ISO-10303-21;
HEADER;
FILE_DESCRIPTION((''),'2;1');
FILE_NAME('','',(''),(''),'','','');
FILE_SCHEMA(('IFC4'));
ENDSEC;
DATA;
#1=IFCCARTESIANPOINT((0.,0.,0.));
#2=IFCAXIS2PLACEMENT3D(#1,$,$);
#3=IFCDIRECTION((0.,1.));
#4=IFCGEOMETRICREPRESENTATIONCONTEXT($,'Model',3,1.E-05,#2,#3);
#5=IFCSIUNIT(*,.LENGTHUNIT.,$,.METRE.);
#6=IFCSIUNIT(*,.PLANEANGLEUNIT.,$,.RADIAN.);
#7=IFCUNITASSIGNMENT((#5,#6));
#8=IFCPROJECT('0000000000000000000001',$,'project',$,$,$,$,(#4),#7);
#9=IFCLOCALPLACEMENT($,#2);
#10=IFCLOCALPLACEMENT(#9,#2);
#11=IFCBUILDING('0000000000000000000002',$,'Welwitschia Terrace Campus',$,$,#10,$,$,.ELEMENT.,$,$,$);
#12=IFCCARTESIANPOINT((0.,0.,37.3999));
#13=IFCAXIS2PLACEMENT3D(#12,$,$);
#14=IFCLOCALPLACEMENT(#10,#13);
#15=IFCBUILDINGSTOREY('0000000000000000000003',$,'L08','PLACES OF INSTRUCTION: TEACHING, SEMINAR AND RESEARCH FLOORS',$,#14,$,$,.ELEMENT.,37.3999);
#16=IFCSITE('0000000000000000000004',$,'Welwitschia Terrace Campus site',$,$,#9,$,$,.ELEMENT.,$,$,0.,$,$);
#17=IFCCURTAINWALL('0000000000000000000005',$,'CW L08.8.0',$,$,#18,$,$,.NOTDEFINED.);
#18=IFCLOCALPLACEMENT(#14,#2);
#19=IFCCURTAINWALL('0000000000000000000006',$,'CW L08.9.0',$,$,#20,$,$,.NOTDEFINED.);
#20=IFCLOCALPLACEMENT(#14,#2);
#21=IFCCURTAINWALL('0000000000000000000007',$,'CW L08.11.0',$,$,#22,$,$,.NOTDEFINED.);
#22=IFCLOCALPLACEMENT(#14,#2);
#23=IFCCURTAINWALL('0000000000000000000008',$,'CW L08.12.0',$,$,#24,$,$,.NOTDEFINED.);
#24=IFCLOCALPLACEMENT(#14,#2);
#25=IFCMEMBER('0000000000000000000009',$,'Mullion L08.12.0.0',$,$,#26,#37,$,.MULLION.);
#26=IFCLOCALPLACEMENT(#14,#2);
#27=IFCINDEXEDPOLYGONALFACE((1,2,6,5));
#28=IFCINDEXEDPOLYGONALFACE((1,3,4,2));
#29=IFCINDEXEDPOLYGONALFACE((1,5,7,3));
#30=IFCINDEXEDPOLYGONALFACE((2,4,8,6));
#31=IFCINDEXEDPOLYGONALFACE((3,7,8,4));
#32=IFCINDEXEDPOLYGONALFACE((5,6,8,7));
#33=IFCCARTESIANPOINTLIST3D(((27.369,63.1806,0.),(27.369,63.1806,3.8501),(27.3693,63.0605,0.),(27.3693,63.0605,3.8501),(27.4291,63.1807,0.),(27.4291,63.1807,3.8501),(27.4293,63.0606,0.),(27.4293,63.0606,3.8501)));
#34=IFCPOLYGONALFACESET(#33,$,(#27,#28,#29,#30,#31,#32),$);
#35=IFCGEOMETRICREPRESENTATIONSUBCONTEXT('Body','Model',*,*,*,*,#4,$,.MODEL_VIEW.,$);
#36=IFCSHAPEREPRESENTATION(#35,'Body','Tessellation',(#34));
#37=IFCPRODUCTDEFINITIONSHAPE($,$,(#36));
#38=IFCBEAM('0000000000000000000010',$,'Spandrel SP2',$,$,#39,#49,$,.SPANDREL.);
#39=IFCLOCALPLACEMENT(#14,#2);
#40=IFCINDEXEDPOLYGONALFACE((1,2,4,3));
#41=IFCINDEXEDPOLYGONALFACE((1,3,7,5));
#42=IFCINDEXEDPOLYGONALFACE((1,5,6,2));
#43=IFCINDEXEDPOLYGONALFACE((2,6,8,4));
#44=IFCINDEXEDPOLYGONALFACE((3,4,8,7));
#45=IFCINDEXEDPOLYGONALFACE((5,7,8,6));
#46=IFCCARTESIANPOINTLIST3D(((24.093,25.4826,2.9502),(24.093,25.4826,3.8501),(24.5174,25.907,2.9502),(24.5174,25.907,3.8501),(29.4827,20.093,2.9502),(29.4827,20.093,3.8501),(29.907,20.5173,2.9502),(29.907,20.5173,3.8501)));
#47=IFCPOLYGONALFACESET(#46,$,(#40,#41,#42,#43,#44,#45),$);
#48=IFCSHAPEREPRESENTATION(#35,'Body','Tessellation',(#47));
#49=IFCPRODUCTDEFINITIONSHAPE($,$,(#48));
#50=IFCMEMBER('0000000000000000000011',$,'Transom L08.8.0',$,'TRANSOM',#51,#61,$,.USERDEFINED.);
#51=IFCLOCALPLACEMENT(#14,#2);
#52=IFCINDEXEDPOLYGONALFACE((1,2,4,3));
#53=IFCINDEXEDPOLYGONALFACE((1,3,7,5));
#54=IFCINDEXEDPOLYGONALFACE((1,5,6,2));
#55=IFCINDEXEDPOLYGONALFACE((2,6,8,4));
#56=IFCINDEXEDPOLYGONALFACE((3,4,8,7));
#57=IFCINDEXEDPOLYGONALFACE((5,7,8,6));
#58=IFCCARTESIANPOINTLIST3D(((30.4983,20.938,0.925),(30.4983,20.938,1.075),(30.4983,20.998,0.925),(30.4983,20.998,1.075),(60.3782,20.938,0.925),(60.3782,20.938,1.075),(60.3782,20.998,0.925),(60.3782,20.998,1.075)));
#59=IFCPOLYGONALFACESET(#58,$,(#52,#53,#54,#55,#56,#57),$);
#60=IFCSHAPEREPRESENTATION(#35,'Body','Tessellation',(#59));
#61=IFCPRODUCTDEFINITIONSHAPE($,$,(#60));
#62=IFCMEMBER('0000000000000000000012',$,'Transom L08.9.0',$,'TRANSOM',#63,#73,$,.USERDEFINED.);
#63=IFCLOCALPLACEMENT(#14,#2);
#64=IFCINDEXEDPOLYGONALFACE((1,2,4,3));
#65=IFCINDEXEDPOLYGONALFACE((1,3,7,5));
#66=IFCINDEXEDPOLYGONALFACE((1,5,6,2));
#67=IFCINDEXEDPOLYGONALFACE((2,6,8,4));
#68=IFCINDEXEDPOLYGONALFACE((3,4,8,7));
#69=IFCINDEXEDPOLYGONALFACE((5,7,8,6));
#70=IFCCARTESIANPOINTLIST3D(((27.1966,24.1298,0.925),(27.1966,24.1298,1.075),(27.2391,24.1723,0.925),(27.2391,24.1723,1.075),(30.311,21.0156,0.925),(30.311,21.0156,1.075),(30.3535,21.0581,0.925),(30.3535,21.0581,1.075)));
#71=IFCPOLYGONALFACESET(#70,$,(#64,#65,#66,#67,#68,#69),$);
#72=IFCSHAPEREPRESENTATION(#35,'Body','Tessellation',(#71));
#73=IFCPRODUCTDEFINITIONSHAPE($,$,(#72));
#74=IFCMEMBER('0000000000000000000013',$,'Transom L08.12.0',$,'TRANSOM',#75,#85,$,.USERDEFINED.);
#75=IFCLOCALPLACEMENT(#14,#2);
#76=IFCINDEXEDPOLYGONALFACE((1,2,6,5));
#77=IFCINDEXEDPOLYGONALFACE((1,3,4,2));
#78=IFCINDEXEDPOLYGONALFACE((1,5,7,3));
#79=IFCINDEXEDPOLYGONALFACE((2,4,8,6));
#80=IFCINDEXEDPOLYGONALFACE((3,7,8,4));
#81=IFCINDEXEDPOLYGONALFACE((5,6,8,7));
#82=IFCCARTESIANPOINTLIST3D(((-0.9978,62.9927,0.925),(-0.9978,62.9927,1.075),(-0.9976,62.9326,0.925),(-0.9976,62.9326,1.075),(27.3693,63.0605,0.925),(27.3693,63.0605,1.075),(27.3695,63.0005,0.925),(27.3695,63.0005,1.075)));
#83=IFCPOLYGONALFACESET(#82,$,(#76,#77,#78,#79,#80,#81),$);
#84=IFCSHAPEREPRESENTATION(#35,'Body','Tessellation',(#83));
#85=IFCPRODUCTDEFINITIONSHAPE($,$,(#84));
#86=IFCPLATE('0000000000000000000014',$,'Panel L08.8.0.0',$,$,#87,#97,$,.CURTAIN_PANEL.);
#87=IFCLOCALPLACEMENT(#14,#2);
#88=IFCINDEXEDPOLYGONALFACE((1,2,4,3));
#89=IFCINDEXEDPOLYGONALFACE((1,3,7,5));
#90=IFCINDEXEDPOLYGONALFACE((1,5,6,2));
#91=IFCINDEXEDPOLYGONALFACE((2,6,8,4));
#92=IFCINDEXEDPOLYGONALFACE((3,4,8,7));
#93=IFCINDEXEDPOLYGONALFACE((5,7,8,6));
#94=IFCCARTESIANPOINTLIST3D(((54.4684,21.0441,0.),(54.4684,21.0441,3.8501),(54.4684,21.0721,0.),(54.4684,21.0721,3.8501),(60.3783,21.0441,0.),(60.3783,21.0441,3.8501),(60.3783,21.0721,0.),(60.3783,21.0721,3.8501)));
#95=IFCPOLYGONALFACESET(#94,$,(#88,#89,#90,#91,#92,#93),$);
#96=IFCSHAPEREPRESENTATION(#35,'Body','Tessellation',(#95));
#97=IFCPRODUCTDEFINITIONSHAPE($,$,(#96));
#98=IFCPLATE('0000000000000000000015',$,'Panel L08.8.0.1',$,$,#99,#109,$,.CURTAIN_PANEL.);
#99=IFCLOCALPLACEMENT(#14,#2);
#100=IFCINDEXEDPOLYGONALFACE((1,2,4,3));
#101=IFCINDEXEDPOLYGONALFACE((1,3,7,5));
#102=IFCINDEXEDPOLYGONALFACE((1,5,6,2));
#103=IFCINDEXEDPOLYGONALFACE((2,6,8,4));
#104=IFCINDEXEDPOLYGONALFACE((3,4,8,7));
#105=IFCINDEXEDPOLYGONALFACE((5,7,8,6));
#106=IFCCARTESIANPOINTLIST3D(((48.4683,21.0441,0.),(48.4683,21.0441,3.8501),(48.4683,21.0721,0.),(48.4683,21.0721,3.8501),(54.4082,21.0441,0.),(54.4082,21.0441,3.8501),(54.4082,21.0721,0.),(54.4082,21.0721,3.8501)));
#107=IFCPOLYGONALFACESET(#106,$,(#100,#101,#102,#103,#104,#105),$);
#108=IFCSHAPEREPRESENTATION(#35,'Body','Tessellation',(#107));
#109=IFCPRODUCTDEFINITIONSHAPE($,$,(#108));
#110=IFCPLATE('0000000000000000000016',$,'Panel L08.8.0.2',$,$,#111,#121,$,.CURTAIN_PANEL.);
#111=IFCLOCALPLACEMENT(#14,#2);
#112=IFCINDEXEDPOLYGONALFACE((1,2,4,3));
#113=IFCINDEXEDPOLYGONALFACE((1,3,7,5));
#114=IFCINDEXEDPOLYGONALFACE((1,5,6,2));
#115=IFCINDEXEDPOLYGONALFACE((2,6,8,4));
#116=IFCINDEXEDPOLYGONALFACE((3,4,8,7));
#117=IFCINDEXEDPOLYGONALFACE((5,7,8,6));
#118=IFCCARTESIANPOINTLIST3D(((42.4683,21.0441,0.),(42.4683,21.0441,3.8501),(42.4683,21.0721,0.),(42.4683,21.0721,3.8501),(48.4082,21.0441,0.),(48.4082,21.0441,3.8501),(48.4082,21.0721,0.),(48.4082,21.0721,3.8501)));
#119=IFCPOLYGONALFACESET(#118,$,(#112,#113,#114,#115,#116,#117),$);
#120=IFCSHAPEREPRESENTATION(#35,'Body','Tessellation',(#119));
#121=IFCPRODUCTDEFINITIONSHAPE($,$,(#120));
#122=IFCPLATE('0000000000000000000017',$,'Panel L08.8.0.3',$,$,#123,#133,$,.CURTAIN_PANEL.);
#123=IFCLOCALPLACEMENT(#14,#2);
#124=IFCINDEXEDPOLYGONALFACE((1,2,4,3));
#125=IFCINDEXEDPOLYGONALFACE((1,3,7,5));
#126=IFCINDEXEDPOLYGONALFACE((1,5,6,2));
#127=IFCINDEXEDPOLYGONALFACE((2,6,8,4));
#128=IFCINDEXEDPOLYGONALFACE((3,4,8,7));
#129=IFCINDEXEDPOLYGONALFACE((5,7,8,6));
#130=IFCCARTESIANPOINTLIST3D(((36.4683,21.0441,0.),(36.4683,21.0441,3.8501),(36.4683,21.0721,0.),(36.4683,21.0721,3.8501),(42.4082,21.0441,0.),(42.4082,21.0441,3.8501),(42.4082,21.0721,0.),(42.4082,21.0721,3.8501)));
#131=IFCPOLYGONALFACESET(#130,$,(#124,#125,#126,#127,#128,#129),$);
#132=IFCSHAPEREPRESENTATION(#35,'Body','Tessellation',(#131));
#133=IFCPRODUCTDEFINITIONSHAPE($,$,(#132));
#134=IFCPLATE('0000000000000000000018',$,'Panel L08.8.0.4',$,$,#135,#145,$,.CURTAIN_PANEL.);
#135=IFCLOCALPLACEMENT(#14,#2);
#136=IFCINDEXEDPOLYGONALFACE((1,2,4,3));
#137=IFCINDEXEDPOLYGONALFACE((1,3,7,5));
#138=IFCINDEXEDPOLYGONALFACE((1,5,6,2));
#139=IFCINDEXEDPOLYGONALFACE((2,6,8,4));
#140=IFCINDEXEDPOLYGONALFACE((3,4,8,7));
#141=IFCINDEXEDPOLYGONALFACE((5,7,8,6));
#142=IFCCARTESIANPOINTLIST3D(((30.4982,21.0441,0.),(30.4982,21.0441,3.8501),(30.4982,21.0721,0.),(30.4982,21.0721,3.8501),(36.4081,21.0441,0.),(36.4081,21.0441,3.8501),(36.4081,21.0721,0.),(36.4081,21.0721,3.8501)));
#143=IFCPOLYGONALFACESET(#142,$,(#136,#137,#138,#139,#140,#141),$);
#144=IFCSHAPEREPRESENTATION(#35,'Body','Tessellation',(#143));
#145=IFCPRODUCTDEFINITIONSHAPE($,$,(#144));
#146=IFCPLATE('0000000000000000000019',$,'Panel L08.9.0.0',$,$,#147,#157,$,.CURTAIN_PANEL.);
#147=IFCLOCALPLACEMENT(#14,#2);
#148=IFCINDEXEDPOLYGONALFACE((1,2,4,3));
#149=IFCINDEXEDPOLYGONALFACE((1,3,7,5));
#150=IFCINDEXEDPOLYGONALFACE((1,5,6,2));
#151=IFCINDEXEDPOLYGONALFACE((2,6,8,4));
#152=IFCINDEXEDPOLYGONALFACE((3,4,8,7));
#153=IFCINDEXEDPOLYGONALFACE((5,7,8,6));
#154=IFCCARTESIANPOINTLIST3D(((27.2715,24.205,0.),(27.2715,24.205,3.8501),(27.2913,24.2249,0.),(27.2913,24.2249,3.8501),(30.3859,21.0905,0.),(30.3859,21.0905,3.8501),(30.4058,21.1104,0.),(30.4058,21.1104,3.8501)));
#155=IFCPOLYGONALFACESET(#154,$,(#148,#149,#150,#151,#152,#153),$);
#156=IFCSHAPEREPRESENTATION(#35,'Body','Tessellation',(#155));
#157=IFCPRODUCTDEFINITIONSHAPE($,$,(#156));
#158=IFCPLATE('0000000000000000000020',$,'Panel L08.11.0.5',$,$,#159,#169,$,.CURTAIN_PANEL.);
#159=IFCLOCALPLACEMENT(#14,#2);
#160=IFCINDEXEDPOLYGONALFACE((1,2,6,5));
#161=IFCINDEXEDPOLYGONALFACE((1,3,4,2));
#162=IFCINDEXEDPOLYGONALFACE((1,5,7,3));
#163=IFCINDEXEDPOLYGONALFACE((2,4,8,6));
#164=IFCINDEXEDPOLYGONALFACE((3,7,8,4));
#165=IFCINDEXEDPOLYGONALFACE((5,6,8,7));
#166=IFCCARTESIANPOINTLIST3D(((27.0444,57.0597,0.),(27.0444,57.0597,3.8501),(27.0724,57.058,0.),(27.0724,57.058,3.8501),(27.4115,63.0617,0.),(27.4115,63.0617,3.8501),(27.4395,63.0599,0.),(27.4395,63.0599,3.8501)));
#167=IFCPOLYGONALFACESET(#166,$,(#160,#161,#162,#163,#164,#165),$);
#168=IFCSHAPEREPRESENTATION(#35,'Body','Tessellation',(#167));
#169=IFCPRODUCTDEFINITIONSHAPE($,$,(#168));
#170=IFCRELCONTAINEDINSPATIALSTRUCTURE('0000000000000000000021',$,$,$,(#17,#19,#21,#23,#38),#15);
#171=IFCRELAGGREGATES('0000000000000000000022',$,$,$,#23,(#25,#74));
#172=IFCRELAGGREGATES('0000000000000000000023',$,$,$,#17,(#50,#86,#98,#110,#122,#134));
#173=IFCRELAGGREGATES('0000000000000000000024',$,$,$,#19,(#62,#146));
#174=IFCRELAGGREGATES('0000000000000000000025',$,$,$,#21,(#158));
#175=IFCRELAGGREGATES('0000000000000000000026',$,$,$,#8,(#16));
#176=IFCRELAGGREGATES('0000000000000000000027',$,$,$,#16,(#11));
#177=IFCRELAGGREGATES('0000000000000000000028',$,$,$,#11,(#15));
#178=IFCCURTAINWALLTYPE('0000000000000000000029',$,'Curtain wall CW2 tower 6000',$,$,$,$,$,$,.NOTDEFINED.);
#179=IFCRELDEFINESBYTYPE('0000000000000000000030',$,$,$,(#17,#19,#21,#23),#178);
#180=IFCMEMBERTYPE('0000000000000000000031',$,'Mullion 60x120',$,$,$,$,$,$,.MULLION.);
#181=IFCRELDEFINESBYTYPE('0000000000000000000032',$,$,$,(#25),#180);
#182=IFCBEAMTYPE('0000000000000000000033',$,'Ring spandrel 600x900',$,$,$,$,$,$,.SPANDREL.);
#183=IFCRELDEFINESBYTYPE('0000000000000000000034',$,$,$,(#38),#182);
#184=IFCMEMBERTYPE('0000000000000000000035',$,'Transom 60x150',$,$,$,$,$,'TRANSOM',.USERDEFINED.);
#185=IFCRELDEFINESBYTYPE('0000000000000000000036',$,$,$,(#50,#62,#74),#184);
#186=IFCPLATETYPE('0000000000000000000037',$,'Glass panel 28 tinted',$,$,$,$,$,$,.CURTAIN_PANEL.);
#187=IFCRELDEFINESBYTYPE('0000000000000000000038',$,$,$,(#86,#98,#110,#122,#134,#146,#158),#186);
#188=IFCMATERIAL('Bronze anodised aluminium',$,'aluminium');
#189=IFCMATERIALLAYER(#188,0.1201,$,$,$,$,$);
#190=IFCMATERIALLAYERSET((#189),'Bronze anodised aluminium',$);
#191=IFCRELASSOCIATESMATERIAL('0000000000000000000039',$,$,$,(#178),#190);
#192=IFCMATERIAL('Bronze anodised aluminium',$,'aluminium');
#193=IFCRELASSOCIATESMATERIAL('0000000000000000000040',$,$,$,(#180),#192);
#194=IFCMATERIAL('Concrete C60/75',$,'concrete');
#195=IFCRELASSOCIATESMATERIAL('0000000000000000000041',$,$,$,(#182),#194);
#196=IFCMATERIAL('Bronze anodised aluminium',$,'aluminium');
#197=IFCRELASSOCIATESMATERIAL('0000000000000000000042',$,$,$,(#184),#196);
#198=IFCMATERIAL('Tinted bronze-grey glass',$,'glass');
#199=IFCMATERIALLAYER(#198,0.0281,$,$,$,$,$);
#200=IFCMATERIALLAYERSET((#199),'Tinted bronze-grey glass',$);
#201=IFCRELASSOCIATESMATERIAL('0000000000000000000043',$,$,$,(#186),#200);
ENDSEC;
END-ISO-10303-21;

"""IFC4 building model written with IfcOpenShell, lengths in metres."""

from ifc_helpers import new_model, si_unit, direction, frame, origin, origin_2d, place, context, subcontext, project, spatial, rectangle, extrude, material, layer, layer_set, material_profile, profile_set, type_object, element, aggregate, save


model = new_model("IFC4")

# Units and contexts
model_context = context("Model", 3, precision=1e-05, world=origin(), true_north=direction((0.0, 1.0)))
body_context = subcontext(model_context, "Body", "Model", "MODEL_VIEW")
ifc_project = project(units=[si_unit("LENGTHUNIT", "METRE"), si_unit("PLANEANGLEUNIT", "RADIAN")], contexts=[model_context])

# Site, building, storey
site_placement = place(None, origin())
site = spatial("IfcSite", under=ifc_project, at=site_placement, Name="Welwitschia Terrace Campus site", CompositionType="ELEMENT", RefElevation=0.0)
building_placement = place(site_placement, origin())
building = spatial("IfcBuilding", under=site, at=building_placement, Name="Welwitschia Terrace Campus", CompositionType="ELEMENT")
storey_placement = place(building_placement, frame((0.0, 0.0, 37.3999)))
storey = spatial("IfcBuildingStorey", under=building, at=storey_placement, Name="L08", Description="PLACES OF INSTRUCTION: TEACHING, SEMINAR AND RESEARCH FLOORS", CompositionType="ELEMENT", Elevation=37.3999)

# Shared definitions
ifc_material_1 = material(Name="Bronze anodised aluminium", Category="aluminium")
ifc_layer_1 = layer(ifc_material_1, 0.1201)
ifc_layer_set_1 = layer_set([ifc_layer_1], Name="Bronze anodised aluminium")
curtain_wall_type = type_object("IfcCurtainWallType", Name="Curtain wall CW2 tower 6000", PredefinedType="NOTDEFINED", material=ifc_layer_set_1)
ifc_material_2 = material(Name="Bronze anodised aluminium", Category="aluminium")
ifc_material_profile_1 = material_profile(ifc_material_2, rectangle(XDim=0.1201, YDim=0.0601, at=origin_2d()))
ifc_profile_set_1 = profile_set([ifc_material_profile_1], Name="Bronze anodised aluminium")
member_type_1 = type_object("IfcMemberType", Name="Mullion 60x120", PredefinedType="MULLION", material=ifc_profile_set_1)

# Curtain walls
curtain_wall_1_placement = place(storey_placement, origin())
curtain_wall_1 = element("IfcCurtainWall", 1, at=curtain_wall_1_placement, inside=storey, type_object=curtain_wall_type, Name="CW L08.8.0", PredefinedType="NOTDEFINED")
curtain_wall_2_placement = place(storey_placement, origin())
curtain_wall_2 = element("IfcCurtainWall", 2, at=curtain_wall_2_placement, inside=storey, type_object=curtain_wall_type, Name="CW L08.9.0", PredefinedType="NOTDEFINED")

# Curtain walls, member
curtain_wall_3_placement = place(storey_placement, origin())
curtain_wall_3 = element("IfcCurtainWall", 3, at=curtain_wall_3_placement, inside=storey, type_object=curtain_wall_type, Name="CW L08.11.0", PredefinedType="NOTDEFINED")
curtain_wall_4_placement = place(storey_placement, origin())
curtain_wall_4 = element("IfcCurtainWall", 4, at=curtain_wall_4_placement, inside=storey, type_object=curtain_wall_type, Name="CW L08.12.0", PredefinedType="NOTDEFINED")
member_1_placement = place(storey_placement, frame((27.3992, 63.1206, 0.0), z_axis=(0.0, 0.0, 1.0), x_axis=(0.002393, -0.999997, 0.0)))
member_1 = element("IfcMember", 5, at=member_1_placement, type_object=member_type_1, Name="Mullion L08.12.0.0", PredefinedType="MULLION", context=body_context, shape_type="SweptSolid", body=[
    extrude(rectangle(XDim=0.1201, YDim=0.0601, at=origin_2d()), origin(), (0.0, 0.0, 1.0), 3.8501),
])

# Beam
ifc_material_3 = material(Name="Concrete C60/75", Category="concrete")
ifc_material_profile_2 = material_profile(ifc_material_3, rectangle(XDim=0.6001, YDim=0.8999, at=origin_2d()))
ifc_profile_set_2 = profile_set([ifc_material_profile_2], Name="Concrete C60/75")
beam_type = type_object("IfcBeamType", Name="Ring spandrel 600x900", PredefinedType="SPANDREL", material=ifc_profile_set_2)
beam_placement = place(storey_placement, frame((29.6948, 20.3052, 3.4001), z_axis=(-0.707107, 0.707107, 0.0), x_axis=(-0.707107, -0.707107, 0.0)))
element("IfcBeam", 6, at=beam_placement, inside=storey, type_object=beam_type, Name="Spandrel SP2", PredefinedType="SPANDREL", context=body_context, shape_type="SweptSolid", body=[
    extrude(rectangle(XDim=0.6001, YDim=0.8999, at=origin_2d()), origin(), (0.0, 0.0, 1.0), 7.6221),
])

# Members
ifc_material_4 = material(Name="Bronze anodised aluminium", Category="aluminium")
ifc_material_profile_3 = material_profile(ifc_material_4, rectangle(XDim=0.0601, YDim=0.1499, at=origin_2d()))
ifc_profile_set_3 = profile_set([ifc_material_profile_3], Name="Bronze anodised aluminium")
member_type_2 = type_object("IfcMemberType", Name="Transom 60x150", ElementType="TRANSOM", PredefinedType="USERDEFINED", material=ifc_profile_set_3)
member_2_placement = place(storey_placement, frame((60.3782, 20.968, 1.0), z_axis=(-1.0, 0.0, 0.0), x_axis=(0.0, -1.0, 0.0)))
member_2 = element("IfcMember", 7, at=member_2_placement, type_object=member_type_2, Name="Transom L08.8.0", ObjectType="TRANSOM", PredefinedType="USERDEFINED", context=body_context, shape_type="SweptSolid", body=[
    extrude(rectangle(XDim=0.0601, YDim=0.1499, at=origin_2d()), origin(), (0.0, 0.0, 1.0), 29.8799),
])
member_3_placement = place(storey_placement, frame((30.3323, 21.0369, 1.0), z_axis=(-0.707134, 0.707079, 0.0), x_axis=(-0.707079, -0.707134, 0.0)))
member_3 = element("IfcMember", 8, at=member_3_placement, type_object=member_type_2, Name="Transom L08.9.0", ObjectType="TRANSOM", PredefinedType="USERDEFINED", context=body_context, shape_type="SweptSolid", body=[
    extrude(rectangle(XDim=0.0601, YDim=0.1499, at=origin_2d()), origin(), (0.0, 0.0, 1.0), 4.4043),
])
member_4_placement = place(storey_placement, frame((27.3694, 63.0305, 1.0), z_axis=(-0.999997, -0.002393, 0.0), x_axis=(0.002393, -0.999997, 0.0)))
member_4 = element("IfcMember", 9, at=member_4_placement, type_object=member_type_2, Name="Transom L08.12.0", ObjectType="TRANSOM", PredefinedType="USERDEFINED", context=body_context, shape_type="SweptSolid", body=[
    extrude(rectangle(XDim=0.0601, YDim=0.1499, at=origin_2d()), origin(), (0.0, 0.0, 1.0), 28.3672),
])
aggregate(curtain_wall_4, [member_1, member_4])

# Plates
ifc_material_5 = material(Name="Tinted bronze-grey glass", Category="glass")
ifc_layer_2 = layer(ifc_material_5, 0.0281)
ifc_layer_set_2 = layer_set([ifc_layer_2], Name="Tinted bronze-grey glass")
plate_type = type_object("IfcPlateType", Name="Glass panel 28 tinted", PredefinedType="CURTAIN_PANEL", material=ifc_layer_set_2)
plate_1_placement = place(storey_placement, frame((57.4233, 21.0581, 0.0), z_axis=(0.0, 0.0, 1.0), x_axis=(-1.0, 0.0, 0.0)))
plate_1 = element("IfcPlate", 10, at=plate_1_placement, type_object=plate_type, Name="Panel L08.8.0.0", PredefinedType="CURTAIN_PANEL", context=body_context, shape_type="SweptSolid", body=[
    extrude(rectangle(XDim=5.9099, YDim=0.0281, at=origin_2d()), origin(), (0.0, 0.0, 1.0), 3.8501),
])
plate_2_placement = place(storey_placement, frame((51.4382, 21.0581, 0.0), z_axis=(0.0, 0.0, 1.0), x_axis=(-1.0, 0.0, 0.0)))
plate_2 = element("IfcPlate", 11, at=plate_2_placement, type_object=plate_type, Name="Panel L08.8.0.1", PredefinedType="CURTAIN_PANEL", context=body_context, shape_type="SweptSolid", body=[
    extrude(rectangle(XDim=5.9399, YDim=0.0281, at=origin_2d()), origin(), (0.0, 0.0, 1.0), 3.8501),
])
plate_3_placement = place(storey_placement, frame((45.4382, 21.0581, 0.0), z_axis=(0.0, 0.0, 1.0), x_axis=(-1.0, 0.0, 0.0)))
plate_3 = element("IfcPlate", 12, at=plate_3_placement, type_object=plate_type, Name="Panel L08.8.0.2", PredefinedType="CURTAIN_PANEL", context=body_context, shape_type="SweptSolid", body=[
    extrude(rectangle(XDim=5.9399, YDim=0.0281, at=origin_2d()), origin(), (0.0, 0.0, 1.0), 3.8501),
])
plate_4_placement = place(storey_placement, frame((39.4382, 21.0581, 0.0), z_axis=(0.0, 0.0, 1.0), x_axis=(-1.0, 0.0, 0.0)))
plate_4 = element("IfcPlate", 13, at=plate_4_placement, type_object=plate_type, Name="Panel L08.8.0.3", PredefinedType="CURTAIN_PANEL", context=body_context, shape_type="SweptSolid", body=[
    extrude(rectangle(XDim=5.9399, YDim=0.0281, at=origin_2d()), origin(), (0.0, 0.0, 1.0), 3.8501),
])
plate_5_placement = place(storey_placement, frame((33.4531, 21.0581, 0.0), z_axis=(0.0, 0.0, 1.0), x_axis=(-1.0, 0.0, 0.0)))
plate_5 = element("IfcPlate", 14, at=plate_5_placement, type_object=plate_type, Name="Panel L08.8.0.4", PredefinedType="CURTAIN_PANEL", context=body_context, shape_type="SweptSolid", body=[
    extrude(rectangle(XDim=5.9099, YDim=0.0281, at=origin_2d()), origin(), (0.0, 0.0, 1.0), 3.8501),
])
aggregate(curtain_wall_1, [member_2, plate_1, plate_2, plate_3, plate_4, plate_5])
plate_6_placement = place(storey_placement, frame((28.8386, 22.6577, 0.0), z_axis=(0.0, 0.0, 1.0), x_axis=(-0.707107, 0.707107, 0.0)))
plate_6 = element("IfcPlate", 15, at=plate_6_placement, type_object=plate_type, Name="Panel L08.9.0.0", PredefinedType="CURTAIN_PANEL", context=body_context, shape_type="SweptSolid", body=[
    extrude(rectangle(XDim=4.4045, YDim=0.0281, at=origin_2d()), origin(), (0.0, 0.0, 1.0), 3.8501),
])
aggregate(curtain_wall_2, [member_3, plate_6])
plate_7_placement = place(storey_placement, frame((27.2419, 60.0598, 0.0), z_axis=(0.0, 0.0, 1.0), x_axis=(0.061049, 0.998135, 0.0)))
plate_7 = element("IfcPlate", 16, at=plate_7_placement, type_object=plate_type, Name="Panel L08.11.0.5", PredefinedType="CURTAIN_PANEL", context=body_context, shape_type="SweptSolid", body=[
    extrude(rectangle(XDim=6.0132, YDim=0.0281, at=origin_2d()), origin(), (0.0, 0.0, 1.0), 3.8501),
])
aggregate(curtain_wall_3, [plate_7])

save(model, "model.ifc")
